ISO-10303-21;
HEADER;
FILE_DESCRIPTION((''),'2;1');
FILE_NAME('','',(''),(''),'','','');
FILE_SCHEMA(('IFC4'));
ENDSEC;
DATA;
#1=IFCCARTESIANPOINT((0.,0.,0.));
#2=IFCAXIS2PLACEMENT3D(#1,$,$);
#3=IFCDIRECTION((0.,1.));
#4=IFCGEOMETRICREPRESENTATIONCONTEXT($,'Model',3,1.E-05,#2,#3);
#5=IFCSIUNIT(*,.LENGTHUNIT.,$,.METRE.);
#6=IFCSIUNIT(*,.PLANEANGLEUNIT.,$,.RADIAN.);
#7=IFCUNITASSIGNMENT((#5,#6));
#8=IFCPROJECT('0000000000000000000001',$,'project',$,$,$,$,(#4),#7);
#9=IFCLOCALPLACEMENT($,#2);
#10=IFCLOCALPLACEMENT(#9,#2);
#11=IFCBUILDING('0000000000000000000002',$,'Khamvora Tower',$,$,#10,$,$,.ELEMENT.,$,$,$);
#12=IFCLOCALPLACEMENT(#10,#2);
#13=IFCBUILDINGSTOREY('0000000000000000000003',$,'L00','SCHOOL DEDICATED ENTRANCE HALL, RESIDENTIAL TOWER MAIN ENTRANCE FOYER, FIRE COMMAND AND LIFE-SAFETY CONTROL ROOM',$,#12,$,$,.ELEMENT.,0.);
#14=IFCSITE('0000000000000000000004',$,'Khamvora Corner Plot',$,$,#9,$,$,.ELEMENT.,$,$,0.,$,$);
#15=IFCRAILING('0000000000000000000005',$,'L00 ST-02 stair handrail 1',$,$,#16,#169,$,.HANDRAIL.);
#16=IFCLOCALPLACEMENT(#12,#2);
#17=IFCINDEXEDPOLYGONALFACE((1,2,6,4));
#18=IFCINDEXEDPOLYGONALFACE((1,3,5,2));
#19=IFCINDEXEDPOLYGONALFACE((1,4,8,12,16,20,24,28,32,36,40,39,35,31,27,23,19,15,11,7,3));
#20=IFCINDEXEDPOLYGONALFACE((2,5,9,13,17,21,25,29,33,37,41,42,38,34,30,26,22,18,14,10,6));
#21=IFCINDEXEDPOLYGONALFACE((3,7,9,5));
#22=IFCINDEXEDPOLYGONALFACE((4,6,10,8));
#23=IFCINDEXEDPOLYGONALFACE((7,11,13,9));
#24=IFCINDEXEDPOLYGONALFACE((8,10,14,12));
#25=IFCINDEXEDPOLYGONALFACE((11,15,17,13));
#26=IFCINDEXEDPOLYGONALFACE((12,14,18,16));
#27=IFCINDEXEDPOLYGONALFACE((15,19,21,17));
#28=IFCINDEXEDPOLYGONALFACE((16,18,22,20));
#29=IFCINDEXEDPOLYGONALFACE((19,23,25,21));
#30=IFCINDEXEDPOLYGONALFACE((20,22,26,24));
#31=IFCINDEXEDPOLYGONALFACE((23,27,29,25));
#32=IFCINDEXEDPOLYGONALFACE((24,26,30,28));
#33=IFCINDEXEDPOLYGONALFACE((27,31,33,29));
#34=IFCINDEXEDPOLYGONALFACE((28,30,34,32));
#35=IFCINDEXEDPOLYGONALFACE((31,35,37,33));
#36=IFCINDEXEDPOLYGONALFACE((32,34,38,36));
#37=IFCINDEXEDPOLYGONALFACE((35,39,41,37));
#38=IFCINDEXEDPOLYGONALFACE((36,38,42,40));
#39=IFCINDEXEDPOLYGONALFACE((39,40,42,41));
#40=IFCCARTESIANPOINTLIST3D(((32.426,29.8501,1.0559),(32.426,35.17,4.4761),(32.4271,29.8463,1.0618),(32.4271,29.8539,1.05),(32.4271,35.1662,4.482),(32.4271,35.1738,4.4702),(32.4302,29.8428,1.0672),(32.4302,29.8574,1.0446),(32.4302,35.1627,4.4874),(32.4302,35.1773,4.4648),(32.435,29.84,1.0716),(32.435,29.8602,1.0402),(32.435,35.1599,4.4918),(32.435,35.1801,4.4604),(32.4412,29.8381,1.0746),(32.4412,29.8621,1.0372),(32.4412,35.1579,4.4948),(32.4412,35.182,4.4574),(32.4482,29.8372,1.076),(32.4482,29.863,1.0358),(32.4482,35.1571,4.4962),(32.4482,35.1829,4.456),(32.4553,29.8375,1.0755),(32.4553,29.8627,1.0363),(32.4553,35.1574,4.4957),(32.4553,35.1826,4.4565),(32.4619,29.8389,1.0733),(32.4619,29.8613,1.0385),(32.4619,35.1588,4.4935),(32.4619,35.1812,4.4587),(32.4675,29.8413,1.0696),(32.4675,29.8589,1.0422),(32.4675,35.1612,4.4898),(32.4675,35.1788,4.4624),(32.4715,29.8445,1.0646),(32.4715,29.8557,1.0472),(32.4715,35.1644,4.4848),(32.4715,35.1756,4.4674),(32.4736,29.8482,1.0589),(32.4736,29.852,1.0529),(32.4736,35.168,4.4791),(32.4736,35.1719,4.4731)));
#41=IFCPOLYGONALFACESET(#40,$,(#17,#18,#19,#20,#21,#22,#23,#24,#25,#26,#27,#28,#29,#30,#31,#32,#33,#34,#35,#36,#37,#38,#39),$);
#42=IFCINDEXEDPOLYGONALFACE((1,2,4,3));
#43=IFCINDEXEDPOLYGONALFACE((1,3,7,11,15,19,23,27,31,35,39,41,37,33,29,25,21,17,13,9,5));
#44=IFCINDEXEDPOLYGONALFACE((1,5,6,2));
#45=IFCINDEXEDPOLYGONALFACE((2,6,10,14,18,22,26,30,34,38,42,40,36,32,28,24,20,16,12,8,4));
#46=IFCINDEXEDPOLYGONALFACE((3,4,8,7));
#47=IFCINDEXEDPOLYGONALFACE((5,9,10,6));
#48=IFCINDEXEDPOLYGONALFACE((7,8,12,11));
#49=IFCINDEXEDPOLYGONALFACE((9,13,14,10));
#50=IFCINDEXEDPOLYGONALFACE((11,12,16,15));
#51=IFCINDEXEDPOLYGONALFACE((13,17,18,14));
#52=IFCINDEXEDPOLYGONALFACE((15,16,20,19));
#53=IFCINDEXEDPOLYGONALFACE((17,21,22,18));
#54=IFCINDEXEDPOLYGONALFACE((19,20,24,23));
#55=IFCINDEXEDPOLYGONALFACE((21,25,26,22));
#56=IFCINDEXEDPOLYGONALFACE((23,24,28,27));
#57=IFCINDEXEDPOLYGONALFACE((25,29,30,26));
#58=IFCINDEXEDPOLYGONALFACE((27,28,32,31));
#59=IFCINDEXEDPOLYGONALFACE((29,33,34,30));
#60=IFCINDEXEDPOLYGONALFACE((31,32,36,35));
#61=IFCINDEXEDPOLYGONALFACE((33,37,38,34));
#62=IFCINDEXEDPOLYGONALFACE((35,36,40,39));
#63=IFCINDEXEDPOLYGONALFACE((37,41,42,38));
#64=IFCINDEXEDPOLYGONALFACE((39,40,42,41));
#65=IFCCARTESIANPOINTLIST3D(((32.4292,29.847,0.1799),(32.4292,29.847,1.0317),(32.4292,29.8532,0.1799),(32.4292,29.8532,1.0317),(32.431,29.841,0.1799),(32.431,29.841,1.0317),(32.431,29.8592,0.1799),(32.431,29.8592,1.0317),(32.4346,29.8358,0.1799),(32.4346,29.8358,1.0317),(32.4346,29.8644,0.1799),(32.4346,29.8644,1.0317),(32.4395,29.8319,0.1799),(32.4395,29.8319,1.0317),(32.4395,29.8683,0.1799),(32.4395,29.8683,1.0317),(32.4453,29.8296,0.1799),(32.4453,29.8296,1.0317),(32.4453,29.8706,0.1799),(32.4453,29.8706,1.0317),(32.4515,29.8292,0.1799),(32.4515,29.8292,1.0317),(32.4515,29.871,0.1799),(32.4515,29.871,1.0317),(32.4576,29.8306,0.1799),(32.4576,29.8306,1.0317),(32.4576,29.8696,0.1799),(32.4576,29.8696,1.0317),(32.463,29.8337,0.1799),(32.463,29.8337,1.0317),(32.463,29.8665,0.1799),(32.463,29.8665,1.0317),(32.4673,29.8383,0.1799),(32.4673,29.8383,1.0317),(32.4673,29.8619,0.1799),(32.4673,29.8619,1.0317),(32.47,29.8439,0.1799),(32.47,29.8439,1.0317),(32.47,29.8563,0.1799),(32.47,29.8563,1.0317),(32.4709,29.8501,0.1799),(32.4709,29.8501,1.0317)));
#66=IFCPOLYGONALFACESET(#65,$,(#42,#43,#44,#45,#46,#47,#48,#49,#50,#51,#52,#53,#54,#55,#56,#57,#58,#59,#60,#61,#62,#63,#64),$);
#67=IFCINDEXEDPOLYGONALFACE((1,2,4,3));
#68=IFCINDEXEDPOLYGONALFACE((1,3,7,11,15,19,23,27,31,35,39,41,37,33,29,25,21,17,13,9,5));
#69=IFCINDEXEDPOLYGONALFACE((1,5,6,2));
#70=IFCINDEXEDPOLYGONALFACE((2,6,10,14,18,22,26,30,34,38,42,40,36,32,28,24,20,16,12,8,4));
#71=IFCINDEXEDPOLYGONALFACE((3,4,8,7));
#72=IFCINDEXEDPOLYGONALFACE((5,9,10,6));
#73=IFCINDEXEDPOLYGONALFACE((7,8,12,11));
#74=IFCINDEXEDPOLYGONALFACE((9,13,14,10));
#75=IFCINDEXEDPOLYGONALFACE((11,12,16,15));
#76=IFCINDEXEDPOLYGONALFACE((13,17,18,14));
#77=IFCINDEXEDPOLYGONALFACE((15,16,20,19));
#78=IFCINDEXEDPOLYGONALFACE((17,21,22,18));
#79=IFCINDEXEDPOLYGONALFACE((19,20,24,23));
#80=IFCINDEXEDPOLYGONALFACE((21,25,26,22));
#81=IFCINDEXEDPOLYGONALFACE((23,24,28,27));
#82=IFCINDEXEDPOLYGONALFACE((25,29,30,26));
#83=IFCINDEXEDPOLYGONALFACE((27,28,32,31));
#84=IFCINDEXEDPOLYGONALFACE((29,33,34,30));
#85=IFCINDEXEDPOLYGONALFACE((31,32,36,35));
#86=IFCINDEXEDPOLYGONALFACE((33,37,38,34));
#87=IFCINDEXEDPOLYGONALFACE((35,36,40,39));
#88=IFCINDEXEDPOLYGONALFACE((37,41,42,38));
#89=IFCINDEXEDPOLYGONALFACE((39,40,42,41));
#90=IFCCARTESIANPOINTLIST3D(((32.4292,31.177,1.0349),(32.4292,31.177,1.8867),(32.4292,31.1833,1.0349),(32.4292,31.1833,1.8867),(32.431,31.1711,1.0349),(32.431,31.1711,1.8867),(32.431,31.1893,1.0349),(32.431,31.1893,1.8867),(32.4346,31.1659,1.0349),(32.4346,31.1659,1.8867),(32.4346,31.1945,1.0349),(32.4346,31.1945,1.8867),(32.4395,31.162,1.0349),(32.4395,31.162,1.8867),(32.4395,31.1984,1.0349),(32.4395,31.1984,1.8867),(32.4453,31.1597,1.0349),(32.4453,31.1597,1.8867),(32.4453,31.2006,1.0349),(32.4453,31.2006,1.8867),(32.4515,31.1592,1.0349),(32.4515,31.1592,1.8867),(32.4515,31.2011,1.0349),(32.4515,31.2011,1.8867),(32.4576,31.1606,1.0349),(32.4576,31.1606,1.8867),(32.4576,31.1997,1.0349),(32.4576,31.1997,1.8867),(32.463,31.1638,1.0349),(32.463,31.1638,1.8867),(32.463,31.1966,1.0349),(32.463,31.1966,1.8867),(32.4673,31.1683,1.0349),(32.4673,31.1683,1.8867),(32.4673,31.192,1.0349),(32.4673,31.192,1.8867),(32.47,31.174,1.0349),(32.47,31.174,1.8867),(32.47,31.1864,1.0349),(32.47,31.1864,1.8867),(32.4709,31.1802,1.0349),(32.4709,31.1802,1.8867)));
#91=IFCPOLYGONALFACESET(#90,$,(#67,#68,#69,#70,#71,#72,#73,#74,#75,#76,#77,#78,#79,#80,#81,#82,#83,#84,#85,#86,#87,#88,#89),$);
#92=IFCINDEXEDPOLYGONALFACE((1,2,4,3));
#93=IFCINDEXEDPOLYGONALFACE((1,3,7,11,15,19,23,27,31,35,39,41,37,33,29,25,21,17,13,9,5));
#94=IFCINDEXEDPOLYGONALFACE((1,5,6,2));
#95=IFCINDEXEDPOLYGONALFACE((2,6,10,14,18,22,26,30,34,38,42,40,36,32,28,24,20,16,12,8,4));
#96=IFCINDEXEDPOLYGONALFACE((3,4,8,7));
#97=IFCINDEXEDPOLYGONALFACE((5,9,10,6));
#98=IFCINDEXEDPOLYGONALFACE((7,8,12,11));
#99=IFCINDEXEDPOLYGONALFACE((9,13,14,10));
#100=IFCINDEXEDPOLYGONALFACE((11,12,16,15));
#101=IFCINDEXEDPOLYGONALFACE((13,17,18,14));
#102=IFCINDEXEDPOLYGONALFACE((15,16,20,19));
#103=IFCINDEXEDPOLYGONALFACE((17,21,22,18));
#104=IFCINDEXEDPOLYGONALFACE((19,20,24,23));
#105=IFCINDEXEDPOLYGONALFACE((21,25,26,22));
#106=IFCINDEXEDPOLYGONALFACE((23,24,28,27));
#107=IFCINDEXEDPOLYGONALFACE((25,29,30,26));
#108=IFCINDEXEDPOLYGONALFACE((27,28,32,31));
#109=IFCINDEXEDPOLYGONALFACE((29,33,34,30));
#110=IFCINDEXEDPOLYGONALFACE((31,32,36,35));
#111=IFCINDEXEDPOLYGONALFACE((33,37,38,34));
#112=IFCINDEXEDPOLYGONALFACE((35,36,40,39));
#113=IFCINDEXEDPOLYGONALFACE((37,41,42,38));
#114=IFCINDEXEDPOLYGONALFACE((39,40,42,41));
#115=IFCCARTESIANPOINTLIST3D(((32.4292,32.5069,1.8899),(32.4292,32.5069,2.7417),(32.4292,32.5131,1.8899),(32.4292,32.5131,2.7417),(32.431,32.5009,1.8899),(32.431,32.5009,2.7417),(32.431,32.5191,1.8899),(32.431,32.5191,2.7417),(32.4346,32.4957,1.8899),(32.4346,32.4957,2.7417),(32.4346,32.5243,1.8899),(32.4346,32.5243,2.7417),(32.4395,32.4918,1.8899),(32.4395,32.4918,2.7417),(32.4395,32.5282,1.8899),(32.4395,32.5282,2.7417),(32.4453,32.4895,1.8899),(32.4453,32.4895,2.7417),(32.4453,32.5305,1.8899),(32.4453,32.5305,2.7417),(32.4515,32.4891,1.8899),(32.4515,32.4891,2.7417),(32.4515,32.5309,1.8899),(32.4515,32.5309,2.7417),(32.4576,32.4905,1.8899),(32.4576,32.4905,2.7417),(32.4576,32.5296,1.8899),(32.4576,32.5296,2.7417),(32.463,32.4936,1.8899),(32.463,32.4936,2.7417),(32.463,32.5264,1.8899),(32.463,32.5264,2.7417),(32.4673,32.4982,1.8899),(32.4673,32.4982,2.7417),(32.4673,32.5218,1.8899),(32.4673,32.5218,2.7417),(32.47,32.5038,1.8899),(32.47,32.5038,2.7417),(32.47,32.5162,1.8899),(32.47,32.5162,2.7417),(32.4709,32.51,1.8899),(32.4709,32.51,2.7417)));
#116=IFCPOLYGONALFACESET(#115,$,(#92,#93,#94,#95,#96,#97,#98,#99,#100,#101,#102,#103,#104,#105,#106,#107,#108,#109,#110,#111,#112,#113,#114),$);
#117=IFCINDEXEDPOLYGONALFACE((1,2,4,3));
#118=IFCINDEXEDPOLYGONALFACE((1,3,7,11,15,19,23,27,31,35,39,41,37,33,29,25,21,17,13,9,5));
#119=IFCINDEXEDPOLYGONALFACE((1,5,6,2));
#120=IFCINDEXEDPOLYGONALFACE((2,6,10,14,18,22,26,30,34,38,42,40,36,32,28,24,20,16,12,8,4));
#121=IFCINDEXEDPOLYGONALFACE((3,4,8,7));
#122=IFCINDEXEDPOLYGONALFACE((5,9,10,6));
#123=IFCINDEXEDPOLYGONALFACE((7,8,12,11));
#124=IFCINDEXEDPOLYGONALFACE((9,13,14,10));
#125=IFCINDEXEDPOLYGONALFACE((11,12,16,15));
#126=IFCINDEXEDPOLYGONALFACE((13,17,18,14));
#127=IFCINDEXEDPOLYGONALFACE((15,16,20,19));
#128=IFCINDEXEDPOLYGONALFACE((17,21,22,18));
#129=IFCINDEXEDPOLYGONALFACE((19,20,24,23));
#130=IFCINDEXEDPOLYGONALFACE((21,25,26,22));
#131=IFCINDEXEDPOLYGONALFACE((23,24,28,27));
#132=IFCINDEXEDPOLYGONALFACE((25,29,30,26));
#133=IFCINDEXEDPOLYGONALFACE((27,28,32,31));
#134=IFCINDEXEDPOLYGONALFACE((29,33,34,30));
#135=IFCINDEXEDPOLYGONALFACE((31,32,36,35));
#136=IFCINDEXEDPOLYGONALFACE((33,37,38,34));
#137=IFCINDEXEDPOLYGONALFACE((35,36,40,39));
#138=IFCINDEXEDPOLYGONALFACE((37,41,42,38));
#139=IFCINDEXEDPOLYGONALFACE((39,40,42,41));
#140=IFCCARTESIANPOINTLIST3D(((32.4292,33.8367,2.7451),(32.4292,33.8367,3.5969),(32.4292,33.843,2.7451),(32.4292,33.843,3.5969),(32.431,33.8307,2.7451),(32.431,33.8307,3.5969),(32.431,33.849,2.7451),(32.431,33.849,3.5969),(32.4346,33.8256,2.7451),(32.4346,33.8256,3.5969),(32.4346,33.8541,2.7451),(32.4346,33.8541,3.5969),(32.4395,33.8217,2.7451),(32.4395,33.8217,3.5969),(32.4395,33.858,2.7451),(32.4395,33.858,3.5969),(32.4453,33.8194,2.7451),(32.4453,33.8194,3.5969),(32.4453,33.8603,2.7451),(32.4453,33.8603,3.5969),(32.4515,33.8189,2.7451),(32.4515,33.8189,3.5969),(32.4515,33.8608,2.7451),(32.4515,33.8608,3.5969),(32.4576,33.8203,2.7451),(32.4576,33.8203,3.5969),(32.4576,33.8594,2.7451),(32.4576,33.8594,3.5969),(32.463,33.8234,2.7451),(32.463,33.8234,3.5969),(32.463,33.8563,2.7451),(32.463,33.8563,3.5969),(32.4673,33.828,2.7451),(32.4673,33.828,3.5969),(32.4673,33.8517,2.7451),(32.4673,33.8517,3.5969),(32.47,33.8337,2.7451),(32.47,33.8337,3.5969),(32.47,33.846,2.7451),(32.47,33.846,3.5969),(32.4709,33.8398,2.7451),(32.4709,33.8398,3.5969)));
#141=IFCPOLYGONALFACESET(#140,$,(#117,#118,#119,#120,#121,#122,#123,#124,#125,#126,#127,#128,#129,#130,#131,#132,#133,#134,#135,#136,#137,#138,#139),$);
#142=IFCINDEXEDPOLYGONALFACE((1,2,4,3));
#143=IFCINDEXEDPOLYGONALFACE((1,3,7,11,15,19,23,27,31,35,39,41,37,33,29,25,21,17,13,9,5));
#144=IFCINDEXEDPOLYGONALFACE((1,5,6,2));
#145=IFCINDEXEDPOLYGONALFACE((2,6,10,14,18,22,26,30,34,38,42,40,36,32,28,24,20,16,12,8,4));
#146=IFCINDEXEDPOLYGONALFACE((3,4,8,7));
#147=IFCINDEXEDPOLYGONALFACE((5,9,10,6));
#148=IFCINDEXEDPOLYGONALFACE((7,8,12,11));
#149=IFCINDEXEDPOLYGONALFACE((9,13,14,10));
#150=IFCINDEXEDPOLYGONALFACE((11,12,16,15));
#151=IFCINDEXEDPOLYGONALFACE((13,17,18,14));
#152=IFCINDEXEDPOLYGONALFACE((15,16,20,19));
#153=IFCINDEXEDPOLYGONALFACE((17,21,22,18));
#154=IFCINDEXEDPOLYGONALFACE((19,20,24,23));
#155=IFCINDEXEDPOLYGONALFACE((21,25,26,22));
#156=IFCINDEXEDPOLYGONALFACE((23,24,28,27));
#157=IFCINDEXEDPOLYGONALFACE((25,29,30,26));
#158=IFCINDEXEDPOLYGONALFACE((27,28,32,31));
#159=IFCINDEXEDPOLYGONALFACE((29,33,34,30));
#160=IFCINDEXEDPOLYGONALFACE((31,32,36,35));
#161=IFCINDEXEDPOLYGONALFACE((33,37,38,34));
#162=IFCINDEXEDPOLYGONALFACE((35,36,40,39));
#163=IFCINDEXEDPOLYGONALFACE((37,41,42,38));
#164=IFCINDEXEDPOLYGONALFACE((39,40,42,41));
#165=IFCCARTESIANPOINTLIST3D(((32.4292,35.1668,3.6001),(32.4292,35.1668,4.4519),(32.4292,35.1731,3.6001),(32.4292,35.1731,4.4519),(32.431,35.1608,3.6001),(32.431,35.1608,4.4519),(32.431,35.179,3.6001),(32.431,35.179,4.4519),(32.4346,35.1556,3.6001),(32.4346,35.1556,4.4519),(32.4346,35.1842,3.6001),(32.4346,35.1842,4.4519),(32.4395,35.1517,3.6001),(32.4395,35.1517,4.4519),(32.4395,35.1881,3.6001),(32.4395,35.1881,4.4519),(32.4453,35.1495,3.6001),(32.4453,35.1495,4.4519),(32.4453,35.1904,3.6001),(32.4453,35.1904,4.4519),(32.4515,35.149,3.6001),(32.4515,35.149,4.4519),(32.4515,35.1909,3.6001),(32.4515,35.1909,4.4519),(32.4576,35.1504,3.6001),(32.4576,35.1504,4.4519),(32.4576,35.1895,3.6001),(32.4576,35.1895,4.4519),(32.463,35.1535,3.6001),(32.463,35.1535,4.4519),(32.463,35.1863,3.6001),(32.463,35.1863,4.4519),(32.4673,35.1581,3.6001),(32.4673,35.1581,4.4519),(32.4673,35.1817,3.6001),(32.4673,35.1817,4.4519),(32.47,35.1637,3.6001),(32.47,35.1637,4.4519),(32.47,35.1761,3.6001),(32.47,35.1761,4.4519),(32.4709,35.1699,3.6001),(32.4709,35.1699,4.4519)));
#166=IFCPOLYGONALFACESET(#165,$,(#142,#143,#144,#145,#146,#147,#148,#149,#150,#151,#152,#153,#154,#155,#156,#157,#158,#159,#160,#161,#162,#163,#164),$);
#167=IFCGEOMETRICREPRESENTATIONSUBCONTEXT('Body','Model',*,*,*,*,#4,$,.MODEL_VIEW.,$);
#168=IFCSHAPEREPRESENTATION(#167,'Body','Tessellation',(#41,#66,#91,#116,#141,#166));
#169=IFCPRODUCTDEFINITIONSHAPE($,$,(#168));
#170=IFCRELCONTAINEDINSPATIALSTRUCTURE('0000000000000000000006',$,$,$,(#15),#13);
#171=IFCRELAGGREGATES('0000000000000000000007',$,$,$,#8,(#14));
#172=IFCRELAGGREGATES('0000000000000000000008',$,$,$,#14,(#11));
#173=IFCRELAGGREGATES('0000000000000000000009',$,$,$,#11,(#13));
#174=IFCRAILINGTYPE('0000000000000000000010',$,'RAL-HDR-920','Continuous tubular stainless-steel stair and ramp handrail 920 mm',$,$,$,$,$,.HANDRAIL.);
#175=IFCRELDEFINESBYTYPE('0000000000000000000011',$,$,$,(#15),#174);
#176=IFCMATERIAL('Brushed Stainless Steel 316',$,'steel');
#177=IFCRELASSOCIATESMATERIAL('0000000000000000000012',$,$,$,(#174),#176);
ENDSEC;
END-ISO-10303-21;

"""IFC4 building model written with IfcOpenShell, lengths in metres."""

from ifc_helpers import new_model, si_unit, direction, frame, origin, origin_2d, place, context, subcontext, project, spatial, circle, extrude, material, type_object, element, save


model = new_model("IFC4")

# Units and contexts
model_context = context("Model", 3, precision=1e-05, world=origin(), true_north=direction((0.0, 1.0)))
body_context = subcontext(model_context, "Body", "Model", "MODEL_VIEW")
ifc_project = project(units=[si_unit("LENGTHUNIT", "METRE"), si_unit("PLANEANGLEUNIT", "RADIAN")], contexts=[model_context])

# Site, building, storey
site_placement = place(None, origin())
site = spatial("IfcSite", under=ifc_project, at=site_placement, Name="Khamvora Corner Plot", CompositionType="ELEMENT", RefElevation=0.0)
building_placement = place(site_placement, origin())
building = spatial("IfcBuilding", under=site, at=building_placement, Name="Khamvora Tower", CompositionType="ELEMENT")
storey_placement = place(building_placement, origin())
storey = spatial("IfcBuildingStorey", under=building, at=storey_placement, Name="L00", Description="SCHOOL DEDICATED ENTRANCE HALL, RESIDENTIAL TOWER MAIN ENTRANCE FOYER, FIRE COMMAND AND LIFE-SAFETY CONTROL ROOM", CompositionType="ELEMENT", Elevation=0.0)

# Railing
ifc_material_1 = material(Name="Brushed Stainless Steel 316", Category="steel")
railing_type_1 = type_object("IfcRailingType", Name="RAL-HDR-920", Description="Continuous tubular stainless-steel stair and ramp handrail 920 mm", PredefinedType="HANDRAIL", material=ifc_material_1)
railing_1_placement = place(storey_placement, frame((32.45, 29.8501, 0.1799)))
element("IfcRailing", 1, at=railing_1_placement, inside=storey, type_object=railing_type_1, Name="L00 ST-02 stair handrail 1", PredefinedType="HANDRAIL", context=body_context, shape_type="SweptSolid", body=[
    extrude(circle(Radius=0.0239, at=origin_2d()), frame((0.0, 0.0, 0.876), z_axis=(0.0, 0.841158, 0.540789), x_axis=(-1.0, 0.0, 0.0)), (0.0, 0.0, 1.0), 6.3245),
    extrude(circle(Radius=0.021, at=origin_2d()), origin(), (0.0, 0.0, 1.0), 0.8518),
    extrude(circle(Radius=0.021, at=origin_2d()), frame((0.0, 1.3301, 0.855)), (0.0, 0.0, 1.0), 0.8518),
    extrude(circle(Radius=0.021, at=origin_2d()), frame((0.0, 2.6599, 1.71)), (0.0, 0.0, 1.0), 0.8518),
    extrude(circle(Radius=0.021, at=origin_2d()), frame((0.0, 3.9897, 2.5652)), (0.0, 0.0, 1.0), 0.8518),
    extrude(circle(Radius=0.021, at=origin_2d()), frame((0.0, 5.3198, 3.4202)), (0.0, 0.0, 1.0), 0.8518),
])

save(model, "model.ifc")
